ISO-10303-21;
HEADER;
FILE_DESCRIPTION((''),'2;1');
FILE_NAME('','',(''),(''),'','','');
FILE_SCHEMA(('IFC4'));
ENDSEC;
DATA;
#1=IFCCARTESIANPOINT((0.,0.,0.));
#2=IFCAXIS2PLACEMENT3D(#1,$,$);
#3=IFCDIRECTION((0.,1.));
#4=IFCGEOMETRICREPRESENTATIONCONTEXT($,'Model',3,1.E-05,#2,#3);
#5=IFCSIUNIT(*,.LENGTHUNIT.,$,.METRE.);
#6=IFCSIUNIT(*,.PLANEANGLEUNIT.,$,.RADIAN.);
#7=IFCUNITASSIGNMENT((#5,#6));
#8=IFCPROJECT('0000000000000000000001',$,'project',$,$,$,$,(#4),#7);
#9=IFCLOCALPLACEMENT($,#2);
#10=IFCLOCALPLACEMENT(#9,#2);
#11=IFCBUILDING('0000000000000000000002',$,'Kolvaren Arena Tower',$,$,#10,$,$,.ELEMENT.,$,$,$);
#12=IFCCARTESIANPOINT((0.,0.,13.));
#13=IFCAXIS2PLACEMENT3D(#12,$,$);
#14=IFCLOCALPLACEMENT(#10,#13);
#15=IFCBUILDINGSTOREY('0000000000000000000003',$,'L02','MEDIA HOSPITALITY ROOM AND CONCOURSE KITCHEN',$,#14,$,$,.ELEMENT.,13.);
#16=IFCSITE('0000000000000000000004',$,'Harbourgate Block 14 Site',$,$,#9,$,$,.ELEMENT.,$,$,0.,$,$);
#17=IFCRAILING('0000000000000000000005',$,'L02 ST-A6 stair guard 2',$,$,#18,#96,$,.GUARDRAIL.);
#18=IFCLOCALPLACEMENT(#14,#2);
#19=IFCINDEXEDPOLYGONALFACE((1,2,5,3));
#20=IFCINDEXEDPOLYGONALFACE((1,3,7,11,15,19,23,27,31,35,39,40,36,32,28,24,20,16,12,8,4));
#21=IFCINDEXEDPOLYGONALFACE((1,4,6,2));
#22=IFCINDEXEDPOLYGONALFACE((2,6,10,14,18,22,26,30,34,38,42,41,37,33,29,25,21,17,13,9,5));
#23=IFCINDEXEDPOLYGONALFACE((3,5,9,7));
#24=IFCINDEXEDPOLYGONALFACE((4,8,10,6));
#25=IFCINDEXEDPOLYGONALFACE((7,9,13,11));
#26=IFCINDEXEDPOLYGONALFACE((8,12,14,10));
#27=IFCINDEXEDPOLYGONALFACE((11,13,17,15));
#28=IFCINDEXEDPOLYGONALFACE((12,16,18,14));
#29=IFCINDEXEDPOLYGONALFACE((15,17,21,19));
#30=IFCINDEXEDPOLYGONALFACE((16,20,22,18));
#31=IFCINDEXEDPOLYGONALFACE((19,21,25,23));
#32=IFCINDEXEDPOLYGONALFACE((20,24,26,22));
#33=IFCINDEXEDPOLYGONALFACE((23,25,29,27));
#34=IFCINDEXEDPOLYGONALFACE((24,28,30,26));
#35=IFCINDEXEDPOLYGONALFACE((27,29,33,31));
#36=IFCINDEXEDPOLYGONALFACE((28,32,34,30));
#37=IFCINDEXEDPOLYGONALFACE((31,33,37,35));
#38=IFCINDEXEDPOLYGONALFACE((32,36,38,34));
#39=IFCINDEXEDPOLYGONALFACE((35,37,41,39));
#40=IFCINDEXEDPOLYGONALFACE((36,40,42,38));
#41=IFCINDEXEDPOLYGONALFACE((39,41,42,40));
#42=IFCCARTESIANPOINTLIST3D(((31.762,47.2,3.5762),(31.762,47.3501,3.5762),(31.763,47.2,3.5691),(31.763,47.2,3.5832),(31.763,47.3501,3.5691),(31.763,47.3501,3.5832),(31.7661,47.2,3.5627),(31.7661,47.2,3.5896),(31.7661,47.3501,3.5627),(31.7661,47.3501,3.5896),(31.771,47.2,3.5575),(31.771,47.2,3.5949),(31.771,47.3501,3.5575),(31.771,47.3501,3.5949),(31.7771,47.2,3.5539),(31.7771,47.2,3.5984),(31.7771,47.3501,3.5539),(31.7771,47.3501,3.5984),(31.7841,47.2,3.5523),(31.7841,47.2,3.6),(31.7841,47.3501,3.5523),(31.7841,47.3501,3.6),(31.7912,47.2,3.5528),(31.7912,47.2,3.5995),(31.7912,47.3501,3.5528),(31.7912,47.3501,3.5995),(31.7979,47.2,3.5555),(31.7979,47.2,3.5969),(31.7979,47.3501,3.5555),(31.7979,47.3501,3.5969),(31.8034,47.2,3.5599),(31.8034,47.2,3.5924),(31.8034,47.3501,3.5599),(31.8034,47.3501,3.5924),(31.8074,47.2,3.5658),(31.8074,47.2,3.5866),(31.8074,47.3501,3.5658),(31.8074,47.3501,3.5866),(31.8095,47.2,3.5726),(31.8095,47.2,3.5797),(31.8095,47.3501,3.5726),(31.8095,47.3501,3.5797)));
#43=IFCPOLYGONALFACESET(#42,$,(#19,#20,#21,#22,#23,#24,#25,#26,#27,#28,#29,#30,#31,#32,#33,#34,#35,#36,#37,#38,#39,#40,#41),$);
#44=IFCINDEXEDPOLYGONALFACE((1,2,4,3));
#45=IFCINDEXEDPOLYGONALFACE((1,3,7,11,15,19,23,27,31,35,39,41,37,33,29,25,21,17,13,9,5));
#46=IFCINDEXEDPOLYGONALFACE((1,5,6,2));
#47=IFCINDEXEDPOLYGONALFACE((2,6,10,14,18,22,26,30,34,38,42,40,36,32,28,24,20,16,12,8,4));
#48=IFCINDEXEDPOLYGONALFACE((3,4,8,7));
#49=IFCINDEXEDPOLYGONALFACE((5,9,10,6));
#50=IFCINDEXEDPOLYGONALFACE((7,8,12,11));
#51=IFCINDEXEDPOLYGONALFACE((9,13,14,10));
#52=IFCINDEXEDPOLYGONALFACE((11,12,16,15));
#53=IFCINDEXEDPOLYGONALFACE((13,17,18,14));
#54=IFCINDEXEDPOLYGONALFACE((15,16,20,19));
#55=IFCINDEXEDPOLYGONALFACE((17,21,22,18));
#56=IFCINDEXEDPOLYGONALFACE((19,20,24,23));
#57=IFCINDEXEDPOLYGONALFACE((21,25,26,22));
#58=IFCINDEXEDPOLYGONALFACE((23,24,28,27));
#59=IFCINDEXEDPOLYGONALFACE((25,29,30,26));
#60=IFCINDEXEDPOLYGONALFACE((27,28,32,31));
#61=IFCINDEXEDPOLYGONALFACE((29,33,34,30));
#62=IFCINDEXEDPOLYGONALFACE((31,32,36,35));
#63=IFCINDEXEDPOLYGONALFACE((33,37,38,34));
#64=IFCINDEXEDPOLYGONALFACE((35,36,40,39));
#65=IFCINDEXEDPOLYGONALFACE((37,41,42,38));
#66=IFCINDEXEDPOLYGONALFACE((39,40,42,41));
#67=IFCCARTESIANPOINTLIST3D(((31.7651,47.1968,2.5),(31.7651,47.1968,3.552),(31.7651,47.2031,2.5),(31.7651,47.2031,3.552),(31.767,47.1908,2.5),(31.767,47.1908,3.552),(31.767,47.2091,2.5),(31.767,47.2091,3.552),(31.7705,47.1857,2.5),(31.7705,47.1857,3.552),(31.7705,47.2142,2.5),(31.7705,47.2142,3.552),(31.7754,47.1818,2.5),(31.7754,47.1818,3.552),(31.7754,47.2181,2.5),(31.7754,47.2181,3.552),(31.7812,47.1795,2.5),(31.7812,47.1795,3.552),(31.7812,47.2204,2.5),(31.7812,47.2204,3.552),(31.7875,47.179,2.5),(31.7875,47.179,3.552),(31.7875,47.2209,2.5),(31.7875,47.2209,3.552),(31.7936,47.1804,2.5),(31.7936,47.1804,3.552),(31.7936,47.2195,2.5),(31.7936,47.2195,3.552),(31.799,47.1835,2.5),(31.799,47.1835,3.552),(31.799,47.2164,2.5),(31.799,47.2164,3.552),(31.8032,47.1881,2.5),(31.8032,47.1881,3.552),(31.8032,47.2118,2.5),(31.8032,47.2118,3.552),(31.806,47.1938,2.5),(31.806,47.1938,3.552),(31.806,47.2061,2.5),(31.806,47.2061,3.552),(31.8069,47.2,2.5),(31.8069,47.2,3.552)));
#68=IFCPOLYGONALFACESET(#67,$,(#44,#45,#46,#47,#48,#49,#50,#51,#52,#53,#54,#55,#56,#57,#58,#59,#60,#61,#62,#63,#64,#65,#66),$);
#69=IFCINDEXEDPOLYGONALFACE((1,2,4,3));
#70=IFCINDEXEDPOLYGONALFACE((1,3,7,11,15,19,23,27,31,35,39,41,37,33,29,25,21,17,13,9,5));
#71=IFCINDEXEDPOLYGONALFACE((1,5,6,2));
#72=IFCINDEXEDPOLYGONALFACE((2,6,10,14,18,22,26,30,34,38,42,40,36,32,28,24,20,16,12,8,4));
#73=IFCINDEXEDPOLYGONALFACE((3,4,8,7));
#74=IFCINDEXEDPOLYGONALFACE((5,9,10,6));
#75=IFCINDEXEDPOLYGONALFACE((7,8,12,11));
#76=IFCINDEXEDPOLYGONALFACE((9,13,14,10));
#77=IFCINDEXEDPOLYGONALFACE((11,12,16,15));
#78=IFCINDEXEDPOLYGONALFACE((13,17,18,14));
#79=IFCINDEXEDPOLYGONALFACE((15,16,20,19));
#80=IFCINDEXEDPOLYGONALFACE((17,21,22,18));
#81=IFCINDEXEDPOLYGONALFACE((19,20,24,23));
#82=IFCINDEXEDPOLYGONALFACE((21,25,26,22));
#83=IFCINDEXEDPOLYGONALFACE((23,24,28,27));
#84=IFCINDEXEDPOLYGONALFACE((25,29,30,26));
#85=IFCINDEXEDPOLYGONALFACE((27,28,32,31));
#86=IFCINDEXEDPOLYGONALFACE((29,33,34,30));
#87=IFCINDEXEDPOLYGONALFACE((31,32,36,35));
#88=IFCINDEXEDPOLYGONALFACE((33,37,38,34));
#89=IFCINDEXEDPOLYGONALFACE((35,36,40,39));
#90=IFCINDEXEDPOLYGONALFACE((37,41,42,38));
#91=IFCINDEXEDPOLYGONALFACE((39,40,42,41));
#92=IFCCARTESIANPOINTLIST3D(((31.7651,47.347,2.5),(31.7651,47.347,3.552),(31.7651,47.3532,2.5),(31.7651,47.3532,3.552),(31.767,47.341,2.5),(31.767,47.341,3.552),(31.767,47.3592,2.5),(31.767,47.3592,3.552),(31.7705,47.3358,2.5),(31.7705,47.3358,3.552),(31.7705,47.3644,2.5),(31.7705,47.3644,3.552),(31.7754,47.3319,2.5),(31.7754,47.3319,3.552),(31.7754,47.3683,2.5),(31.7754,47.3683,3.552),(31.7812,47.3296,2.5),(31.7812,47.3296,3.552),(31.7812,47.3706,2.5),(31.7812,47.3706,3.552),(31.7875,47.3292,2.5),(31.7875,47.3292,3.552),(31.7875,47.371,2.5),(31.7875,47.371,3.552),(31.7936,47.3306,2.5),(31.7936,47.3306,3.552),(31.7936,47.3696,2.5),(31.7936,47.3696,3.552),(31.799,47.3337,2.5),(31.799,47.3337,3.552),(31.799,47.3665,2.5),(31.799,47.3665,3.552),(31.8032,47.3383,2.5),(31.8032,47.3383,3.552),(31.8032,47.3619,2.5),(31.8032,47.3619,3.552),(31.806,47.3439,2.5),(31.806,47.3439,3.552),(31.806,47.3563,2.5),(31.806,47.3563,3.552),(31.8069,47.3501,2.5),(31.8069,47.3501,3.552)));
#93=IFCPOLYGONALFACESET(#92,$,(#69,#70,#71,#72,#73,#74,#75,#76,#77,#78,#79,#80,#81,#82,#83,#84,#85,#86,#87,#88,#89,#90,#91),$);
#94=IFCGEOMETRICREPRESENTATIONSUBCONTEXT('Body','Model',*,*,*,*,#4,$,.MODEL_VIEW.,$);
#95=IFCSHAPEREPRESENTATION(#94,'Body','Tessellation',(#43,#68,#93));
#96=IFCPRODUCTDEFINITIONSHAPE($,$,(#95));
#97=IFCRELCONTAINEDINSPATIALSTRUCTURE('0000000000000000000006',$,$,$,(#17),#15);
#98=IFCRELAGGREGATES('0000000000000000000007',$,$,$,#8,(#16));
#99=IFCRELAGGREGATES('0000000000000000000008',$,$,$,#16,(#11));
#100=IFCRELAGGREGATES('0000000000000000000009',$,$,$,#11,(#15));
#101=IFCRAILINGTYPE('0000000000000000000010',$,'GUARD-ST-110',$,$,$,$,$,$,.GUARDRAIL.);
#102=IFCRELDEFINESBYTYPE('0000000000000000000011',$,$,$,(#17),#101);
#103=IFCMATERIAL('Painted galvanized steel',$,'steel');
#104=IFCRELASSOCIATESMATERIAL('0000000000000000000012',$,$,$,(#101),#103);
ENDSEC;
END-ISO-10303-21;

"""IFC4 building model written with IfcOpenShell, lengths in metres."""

from ifc_helpers import new_model, si_unit, direction, frame, origin, origin_2d, place, context, subcontext, project, spatial, circle, extrude, material, type_object, element, save


model = new_model("IFC4")

# Units and contexts
model_context = context("Model", 3, precision=1e-05, world=origin(), true_north=direction((0.0, 1.0)))
body_context = subcontext(model_context, "Body", "Model", "MODEL_VIEW")
ifc_project = project(units=[si_unit("LENGTHUNIT", "METRE"), si_unit("PLANEANGLEUNIT", "RADIAN")], contexts=[model_context])

# Site, building, storey
site_placement = place(None, origin())
site = spatial("IfcSite", under=ifc_project, at=site_placement, Name="Harbourgate Block 14 Site", CompositionType="ELEMENT", RefElevation=0.0)
building_placement = place(site_placement, origin())
building = spatial("IfcBuilding", under=site, at=building_placement, Name="Kolvaren Arena Tower", CompositionType="ELEMENT")
storey_placement = place(building_placement, frame((0.0, 0.0, 13.0)))
storey = spatial("IfcBuildingStorey", under=building, at=storey_placement, Name="L02", Description="MEDIA HOSPITALITY ROOM AND CONCOURSE KITCHEN", CompositionType="ELEMENT", Elevation=13.0)

# Railing
ifc_material_1 = material(Name="Painted galvanized steel", Category="steel")
railing_type_1 = type_object("IfcRailingType", Name="GUARD-ST-110", PredefinedType="GUARDRAIL", material=ifc_material_1)
railing_1_placement = place(storey_placement, frame((31.7859, 47.2, 2.5)))
element("IfcRailing", 1, at=railing_1_placement, inside=storey, type_object=railing_type_1, Name="L02 ST-A6 stair guard 2", PredefinedType="GUARDRAIL", context=body_context, shape_type="SweptSolid", body=[
    extrude(circle(Radius=0.0239, at=origin_2d()), frame((0.0, 0.0, 1.0762), z_axis=(0.0, 1.0, 0.0), x_axis=(-1.0, 0.0, 0.0)), (0.0, 0.0, 1.0), 0.1501),
    extrude(circle(Radius=0.021, at=origin_2d()), origin(), (0.0, 0.0, 1.0), 1.052),
    extrude(circle(Radius=0.021, at=origin_2d()), frame((0.0, 0.1501, 0.0)), (0.0, 0.0, 1.0), 1.052),
])

save(model, "model.ifc")
